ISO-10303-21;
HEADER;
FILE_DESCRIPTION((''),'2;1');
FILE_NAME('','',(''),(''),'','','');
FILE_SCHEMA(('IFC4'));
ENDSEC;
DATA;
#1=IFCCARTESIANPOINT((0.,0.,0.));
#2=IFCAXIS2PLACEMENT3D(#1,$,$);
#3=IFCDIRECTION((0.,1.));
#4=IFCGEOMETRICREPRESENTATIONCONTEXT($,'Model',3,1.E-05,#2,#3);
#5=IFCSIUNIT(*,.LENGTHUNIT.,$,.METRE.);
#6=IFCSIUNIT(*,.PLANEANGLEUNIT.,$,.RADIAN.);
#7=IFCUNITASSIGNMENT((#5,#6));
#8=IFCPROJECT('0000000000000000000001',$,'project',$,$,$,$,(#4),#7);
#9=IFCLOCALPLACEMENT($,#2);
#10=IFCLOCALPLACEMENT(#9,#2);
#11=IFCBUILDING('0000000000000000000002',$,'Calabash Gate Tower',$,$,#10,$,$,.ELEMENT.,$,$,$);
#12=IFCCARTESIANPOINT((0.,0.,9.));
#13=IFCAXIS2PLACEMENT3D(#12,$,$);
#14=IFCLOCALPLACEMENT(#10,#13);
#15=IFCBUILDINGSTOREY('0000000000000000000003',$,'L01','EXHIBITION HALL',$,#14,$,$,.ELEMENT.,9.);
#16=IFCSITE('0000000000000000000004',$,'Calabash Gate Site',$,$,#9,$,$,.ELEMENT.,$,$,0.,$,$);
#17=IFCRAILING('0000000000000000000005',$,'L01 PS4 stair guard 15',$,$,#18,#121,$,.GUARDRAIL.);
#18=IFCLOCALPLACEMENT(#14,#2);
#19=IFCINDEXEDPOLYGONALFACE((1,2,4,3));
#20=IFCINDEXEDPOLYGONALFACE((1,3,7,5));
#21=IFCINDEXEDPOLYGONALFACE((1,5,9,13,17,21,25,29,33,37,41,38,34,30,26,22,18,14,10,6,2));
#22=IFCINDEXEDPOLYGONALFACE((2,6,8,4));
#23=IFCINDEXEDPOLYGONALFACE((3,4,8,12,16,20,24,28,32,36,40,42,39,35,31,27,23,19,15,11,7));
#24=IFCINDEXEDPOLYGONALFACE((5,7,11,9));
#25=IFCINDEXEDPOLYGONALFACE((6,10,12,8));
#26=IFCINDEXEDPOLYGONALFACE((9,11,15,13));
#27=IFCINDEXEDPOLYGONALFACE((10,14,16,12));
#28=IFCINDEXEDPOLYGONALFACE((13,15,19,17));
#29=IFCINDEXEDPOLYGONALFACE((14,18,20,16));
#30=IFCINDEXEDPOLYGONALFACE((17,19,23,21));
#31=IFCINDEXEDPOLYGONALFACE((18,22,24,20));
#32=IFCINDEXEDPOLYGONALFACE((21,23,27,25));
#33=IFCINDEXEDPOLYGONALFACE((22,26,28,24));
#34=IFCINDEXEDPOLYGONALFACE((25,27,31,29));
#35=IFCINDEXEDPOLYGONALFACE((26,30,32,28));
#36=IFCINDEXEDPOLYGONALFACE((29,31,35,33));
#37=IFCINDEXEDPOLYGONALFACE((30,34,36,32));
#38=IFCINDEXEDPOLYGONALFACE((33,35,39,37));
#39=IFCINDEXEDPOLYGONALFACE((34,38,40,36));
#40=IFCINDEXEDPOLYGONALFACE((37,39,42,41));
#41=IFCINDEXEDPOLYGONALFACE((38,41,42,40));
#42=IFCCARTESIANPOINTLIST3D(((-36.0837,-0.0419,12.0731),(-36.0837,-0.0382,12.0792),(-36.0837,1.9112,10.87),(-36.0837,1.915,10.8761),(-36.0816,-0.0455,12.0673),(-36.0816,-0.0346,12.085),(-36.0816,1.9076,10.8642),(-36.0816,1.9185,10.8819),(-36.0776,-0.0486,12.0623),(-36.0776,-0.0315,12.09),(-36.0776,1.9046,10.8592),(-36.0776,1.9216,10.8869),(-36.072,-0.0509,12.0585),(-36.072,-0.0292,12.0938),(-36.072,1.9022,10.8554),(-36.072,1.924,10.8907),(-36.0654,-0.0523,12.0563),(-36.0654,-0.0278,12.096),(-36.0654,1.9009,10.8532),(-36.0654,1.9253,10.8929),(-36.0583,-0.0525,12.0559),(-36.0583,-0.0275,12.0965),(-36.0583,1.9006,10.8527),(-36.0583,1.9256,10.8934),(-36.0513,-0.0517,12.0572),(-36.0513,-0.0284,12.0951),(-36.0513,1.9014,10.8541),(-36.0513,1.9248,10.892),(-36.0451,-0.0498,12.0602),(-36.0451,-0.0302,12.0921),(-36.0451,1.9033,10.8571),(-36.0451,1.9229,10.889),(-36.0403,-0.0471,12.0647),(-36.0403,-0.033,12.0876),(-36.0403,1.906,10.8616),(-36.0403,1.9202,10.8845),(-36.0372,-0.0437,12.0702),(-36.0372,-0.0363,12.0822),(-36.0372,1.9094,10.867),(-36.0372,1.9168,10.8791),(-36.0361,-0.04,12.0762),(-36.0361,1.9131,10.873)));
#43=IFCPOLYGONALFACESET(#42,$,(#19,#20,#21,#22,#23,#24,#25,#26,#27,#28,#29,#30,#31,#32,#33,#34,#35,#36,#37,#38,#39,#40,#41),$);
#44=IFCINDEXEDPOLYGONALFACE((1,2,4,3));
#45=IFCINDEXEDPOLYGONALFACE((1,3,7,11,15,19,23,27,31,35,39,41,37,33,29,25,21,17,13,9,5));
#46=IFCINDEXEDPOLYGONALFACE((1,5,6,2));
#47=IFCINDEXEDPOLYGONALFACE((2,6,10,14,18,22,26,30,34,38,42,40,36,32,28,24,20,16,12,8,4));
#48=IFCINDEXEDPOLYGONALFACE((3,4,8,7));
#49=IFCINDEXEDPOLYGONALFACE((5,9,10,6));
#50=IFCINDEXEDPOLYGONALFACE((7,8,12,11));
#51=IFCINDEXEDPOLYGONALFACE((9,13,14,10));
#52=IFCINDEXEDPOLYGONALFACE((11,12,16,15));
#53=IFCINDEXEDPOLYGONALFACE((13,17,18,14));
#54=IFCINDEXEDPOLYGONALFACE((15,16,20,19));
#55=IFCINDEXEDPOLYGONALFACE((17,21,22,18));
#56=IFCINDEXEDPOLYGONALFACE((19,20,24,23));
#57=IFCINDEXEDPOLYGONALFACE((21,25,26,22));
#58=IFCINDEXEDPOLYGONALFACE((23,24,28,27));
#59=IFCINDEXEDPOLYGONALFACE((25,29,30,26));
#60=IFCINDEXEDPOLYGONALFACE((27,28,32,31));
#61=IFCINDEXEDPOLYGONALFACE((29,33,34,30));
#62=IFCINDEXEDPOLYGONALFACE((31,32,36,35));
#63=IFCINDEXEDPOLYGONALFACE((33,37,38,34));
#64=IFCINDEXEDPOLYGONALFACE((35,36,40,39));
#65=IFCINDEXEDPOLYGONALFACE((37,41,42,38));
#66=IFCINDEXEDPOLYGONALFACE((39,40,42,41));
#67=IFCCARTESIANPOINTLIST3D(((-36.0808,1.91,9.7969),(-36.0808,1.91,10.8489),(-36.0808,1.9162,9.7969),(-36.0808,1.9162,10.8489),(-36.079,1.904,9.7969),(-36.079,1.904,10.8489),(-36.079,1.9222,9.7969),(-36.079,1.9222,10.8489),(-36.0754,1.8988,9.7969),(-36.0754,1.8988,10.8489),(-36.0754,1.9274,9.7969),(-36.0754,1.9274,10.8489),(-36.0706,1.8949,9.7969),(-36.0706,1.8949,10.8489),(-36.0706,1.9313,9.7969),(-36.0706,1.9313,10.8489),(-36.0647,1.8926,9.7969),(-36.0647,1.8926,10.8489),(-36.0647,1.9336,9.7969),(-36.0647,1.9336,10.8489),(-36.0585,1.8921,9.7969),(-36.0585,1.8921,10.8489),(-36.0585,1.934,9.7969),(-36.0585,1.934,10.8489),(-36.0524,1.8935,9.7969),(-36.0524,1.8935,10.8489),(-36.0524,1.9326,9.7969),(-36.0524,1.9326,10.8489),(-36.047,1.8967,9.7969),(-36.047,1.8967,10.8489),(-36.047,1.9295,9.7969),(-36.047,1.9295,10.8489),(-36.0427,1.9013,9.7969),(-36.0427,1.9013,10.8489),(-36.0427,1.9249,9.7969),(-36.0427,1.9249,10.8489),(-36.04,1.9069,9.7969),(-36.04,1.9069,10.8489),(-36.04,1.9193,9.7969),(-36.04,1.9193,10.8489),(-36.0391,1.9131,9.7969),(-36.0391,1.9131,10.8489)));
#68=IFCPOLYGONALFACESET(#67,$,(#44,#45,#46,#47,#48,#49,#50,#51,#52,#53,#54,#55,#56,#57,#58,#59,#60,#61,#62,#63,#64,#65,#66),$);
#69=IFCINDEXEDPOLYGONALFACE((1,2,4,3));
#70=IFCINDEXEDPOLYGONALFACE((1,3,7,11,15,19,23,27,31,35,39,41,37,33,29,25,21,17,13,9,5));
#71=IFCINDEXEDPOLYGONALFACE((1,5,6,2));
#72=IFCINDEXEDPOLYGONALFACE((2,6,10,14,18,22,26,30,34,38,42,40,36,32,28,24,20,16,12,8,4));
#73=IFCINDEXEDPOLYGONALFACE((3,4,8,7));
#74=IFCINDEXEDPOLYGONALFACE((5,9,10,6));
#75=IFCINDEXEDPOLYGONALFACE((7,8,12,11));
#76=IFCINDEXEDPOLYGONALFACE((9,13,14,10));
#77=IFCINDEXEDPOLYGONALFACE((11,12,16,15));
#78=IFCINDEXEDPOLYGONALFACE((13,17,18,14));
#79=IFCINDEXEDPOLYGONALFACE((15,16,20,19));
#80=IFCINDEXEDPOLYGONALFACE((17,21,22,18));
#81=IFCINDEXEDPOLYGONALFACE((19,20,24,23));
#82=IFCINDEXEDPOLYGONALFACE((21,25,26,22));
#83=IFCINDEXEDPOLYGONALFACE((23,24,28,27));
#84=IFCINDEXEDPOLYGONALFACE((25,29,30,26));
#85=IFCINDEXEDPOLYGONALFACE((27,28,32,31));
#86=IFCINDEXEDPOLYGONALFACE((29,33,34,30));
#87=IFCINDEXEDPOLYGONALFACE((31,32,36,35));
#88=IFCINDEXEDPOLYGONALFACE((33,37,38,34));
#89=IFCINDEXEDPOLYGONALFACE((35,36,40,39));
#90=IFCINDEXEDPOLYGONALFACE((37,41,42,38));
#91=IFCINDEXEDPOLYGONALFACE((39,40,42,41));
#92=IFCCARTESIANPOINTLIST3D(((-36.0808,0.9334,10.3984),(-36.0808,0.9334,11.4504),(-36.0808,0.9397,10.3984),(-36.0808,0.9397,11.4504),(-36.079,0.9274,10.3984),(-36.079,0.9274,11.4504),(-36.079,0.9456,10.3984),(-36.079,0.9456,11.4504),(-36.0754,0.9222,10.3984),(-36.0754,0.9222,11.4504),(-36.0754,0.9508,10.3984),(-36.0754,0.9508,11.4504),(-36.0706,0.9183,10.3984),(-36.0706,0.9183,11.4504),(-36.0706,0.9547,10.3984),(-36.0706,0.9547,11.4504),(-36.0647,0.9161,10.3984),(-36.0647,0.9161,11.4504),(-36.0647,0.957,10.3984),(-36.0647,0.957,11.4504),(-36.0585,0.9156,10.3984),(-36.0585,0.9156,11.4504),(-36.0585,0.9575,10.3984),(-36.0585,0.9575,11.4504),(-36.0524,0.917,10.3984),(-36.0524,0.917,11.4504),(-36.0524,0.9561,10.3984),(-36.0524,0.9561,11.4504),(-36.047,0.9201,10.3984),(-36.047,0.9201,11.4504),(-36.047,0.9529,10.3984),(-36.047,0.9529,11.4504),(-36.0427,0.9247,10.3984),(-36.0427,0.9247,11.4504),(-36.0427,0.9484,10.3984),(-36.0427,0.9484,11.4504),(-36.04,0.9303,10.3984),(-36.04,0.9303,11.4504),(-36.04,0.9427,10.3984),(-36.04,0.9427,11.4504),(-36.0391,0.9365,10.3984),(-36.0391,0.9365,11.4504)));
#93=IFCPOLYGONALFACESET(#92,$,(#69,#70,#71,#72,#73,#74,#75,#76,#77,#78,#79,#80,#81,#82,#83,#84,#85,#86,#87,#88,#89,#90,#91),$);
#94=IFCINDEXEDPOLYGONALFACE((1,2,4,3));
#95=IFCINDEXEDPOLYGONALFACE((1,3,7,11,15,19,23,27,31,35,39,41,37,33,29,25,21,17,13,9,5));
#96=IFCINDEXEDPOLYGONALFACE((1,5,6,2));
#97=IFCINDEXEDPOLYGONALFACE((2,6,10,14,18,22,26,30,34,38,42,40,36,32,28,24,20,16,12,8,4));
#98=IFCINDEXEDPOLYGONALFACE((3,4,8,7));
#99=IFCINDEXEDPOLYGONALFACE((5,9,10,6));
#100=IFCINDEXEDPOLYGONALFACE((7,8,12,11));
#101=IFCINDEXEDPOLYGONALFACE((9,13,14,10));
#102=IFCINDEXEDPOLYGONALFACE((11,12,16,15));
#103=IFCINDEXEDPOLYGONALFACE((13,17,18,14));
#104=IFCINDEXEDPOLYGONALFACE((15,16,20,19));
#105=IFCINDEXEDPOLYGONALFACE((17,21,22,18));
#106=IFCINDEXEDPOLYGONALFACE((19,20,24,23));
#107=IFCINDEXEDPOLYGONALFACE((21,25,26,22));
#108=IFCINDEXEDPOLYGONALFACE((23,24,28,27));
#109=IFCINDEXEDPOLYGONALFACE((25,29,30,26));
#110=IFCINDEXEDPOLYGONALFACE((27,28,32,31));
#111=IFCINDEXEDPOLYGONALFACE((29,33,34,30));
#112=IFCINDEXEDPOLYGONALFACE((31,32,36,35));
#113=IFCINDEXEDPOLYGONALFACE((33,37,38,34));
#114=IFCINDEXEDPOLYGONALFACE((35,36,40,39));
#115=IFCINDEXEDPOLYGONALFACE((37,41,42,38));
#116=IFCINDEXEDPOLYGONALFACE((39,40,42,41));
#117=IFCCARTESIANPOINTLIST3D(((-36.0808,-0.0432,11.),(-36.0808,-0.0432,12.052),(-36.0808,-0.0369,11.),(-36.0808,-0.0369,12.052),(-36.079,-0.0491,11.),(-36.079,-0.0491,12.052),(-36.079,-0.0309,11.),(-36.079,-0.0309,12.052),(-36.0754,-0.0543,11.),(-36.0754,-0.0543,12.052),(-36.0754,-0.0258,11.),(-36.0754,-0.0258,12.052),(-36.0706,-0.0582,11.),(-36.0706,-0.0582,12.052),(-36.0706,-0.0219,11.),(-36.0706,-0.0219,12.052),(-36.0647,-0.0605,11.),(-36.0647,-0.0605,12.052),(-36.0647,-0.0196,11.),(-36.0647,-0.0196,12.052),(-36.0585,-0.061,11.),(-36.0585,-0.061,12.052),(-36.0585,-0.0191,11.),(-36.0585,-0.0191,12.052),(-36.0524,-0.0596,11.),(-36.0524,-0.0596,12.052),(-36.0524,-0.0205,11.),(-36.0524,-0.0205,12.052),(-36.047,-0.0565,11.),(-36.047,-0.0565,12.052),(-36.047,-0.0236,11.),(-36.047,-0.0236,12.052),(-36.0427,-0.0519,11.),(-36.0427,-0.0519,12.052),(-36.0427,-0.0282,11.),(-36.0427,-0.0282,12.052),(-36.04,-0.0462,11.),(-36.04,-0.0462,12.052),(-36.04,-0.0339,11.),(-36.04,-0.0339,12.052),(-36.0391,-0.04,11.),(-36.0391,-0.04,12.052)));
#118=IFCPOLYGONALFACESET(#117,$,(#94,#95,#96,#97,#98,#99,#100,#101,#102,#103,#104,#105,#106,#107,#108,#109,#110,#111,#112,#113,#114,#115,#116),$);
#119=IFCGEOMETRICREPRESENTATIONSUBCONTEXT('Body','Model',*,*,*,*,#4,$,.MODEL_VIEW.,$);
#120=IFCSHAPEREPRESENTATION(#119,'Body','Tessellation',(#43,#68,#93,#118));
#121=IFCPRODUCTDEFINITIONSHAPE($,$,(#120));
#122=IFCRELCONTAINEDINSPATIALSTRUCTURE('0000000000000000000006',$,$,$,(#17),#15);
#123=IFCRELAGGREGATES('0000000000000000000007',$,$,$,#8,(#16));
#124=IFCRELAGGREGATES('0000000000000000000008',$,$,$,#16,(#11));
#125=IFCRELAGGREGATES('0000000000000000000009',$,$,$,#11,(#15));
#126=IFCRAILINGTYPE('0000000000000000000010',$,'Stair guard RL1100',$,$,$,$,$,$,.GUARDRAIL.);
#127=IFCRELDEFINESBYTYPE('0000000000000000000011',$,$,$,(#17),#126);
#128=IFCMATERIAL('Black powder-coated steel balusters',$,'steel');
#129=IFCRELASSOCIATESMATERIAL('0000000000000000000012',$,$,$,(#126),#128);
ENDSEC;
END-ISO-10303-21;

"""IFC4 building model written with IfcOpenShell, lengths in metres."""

from ifc_helpers import new_model, si_unit, direction, frame, origin, origin_2d, place, context, subcontext, project, spatial, circle, extrude, material, type_object, element, save


model = new_model("IFC4")

# Units and contexts
model_context = context("Model", 3, precision=1e-05, world=origin(), true_north=direction((0.0, 1.0)))
body_context = subcontext(model_context, "Body", "Model", "MODEL_VIEW")
ifc_project = project(units=[si_unit("LENGTHUNIT", "METRE"), si_unit("PLANEANGLEUNIT", "RADIAN")], contexts=[model_context])

# Site, building, storey
site_placement = place(None, origin())
site = spatial("IfcSite", under=ifc_project, at=site_placement, Name="Calabash Gate Site", CompositionType="ELEMENT", RefElevation=0.0)
building_placement = place(site_placement, origin())
building = spatial("IfcBuilding", under=site, at=building_placement, Name="Calabash Gate Tower", CompositionType="ELEMENT")
storey_placement = place(building_placement, frame((0.0, 0.0, 9.0)))
storey = spatial("IfcBuildingStorey", under=building, at=storey_placement, Name="L01", Description="EXHIBITION HALL", CompositionType="ELEMENT", Elevation=9.0)

# Railing
ifc_material_1 = material(Name="Black powder-coated steel balusters", Category="steel")
railing_type_1 = type_object("IfcRailingType", Name="Stair guard RL1100", PredefinedType="GUARDRAIL", material=ifc_material_1)
for number, where, name in (
    (1, (-36.0601, 1.9131, 9.7969), "L01 PS4 stair guard 15"),
):
    element("IfcRailing", number, at=place(storey_placement, frame(where)), inside=storey, type_object=railing_type_1, Name=name, PredefinedType="GUARDRAIL", context=body_context, shape_type="SweptSolid", body=[
        extrude(circle(Radius=0.0239, at=origin_2d()), frame((0.0, 0.0, 1.0762), z_axis=(0.0, -0.851424, 0.524477), x_axis=(1.0, 0.0, 0.0)), (0.0, 0.0, 1.0), 2.2939),
        extrude(circle(Radius=0.021, at=origin_2d()), origin(), (0.0, 0.0, 1.0), 1.052),
        extrude(circle(Radius=0.021, at=origin_2d()), frame((0.0, -0.9766, 0.6016)), (0.0, 0.0, 1.0), 1.052),
        extrude(circle(Radius=0.021, at=origin_2d()), frame((0.0, -1.9531, 1.2031)), (0.0, 0.0, 1.0), 1.052),
    ])

save(model, "model.ifc")
